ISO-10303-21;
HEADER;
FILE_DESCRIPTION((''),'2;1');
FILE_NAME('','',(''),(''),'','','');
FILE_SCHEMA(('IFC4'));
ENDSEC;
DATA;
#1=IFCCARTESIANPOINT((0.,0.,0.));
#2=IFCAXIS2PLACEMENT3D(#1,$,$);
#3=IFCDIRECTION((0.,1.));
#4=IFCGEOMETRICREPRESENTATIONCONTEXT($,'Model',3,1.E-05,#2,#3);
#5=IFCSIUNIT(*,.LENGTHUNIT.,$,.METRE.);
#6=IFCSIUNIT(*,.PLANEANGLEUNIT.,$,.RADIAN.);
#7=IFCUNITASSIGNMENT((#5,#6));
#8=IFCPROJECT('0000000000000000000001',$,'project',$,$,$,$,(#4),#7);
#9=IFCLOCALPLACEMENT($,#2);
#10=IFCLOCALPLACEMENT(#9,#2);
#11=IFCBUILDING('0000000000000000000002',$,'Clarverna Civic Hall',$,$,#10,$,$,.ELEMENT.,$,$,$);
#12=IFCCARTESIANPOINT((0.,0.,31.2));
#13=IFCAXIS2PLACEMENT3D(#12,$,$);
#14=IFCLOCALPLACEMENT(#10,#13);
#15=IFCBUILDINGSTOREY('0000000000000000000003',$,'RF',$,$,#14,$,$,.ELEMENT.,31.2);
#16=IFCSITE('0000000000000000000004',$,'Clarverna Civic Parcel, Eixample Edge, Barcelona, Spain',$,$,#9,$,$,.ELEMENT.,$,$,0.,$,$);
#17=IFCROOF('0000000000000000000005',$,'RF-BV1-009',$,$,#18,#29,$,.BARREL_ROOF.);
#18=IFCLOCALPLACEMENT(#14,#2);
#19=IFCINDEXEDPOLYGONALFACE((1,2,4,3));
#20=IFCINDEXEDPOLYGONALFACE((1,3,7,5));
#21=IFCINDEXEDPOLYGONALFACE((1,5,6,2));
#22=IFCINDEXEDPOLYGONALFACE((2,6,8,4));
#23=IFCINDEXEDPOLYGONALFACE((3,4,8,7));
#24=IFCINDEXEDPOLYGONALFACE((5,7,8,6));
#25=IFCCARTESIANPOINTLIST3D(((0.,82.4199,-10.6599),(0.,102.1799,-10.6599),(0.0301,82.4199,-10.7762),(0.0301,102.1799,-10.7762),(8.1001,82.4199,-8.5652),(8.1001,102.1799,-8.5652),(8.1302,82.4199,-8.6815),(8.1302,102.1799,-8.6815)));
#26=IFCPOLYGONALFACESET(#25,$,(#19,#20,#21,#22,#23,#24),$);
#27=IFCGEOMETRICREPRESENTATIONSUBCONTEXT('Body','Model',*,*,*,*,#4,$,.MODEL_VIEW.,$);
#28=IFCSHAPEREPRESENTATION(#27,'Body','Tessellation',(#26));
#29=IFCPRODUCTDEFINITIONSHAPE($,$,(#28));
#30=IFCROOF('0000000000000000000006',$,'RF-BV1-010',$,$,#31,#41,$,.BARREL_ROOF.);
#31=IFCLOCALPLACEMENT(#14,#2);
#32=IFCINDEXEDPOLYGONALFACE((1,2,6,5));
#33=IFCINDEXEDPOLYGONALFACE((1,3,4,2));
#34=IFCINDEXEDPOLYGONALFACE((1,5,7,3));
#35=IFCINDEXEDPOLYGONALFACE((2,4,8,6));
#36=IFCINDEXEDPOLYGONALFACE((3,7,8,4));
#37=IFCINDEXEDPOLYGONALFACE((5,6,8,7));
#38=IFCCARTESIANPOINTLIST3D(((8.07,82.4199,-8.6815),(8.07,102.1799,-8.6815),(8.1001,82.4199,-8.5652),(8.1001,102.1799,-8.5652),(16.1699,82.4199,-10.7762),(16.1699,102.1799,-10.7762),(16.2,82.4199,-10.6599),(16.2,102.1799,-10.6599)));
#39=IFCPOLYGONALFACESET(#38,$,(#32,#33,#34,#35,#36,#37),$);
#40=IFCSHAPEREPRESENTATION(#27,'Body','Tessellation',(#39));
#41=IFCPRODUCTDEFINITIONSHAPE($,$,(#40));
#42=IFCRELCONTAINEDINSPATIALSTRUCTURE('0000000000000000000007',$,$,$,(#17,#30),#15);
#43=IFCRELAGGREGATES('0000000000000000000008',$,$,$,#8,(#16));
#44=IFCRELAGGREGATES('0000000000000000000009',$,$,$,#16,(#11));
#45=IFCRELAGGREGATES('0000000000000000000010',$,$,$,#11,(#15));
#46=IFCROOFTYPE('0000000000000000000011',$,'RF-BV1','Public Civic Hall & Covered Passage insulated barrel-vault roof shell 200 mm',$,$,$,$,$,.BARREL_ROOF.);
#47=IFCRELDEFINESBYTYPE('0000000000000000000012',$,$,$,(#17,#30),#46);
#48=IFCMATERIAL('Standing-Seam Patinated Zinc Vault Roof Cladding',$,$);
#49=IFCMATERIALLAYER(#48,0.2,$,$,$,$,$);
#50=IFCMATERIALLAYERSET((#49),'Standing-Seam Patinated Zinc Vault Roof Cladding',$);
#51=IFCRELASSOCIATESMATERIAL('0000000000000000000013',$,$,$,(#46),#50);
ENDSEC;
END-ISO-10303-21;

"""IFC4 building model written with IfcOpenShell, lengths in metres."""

from ifc_helpers import new_model, si_unit, direction, frame, origin, place, context, subcontext, project, spatial, polyline, outline, extrude, material, layer, layer_set, type_object, element, save


model = new_model("IFC4")

# Units and contexts
model_context = context("Model", 3, precision=1e-05, world=origin(), true_north=direction((0.0, 1.0)))
body_context = subcontext(model_context, "Body", "Model", "MODEL_VIEW")
ifc_project = project(units=[si_unit("LENGTHUNIT", "METRE"), si_unit("PLANEANGLEUNIT", "RADIAN")], contexts=[model_context])

# Site, building, storey
site_placement = place(None, origin())
site = spatial("IfcSite", under=ifc_project, at=site_placement, Name="Clarverna Civic Parcel, Eixample Edge, Barcelona, Spain", CompositionType="ELEMENT", RefElevation=0.0)
building_placement = place(site_placement, origin())
building = spatial("IfcBuilding", under=site, at=building_placement, Name="Clarverna Civic Hall", CompositionType="ELEMENT")
storey_placement = place(building_placement, frame((0.0, 0.0, 31.2)))
storey = spatial("IfcBuildingStorey", under=building, at=storey_placement, Name="RF", CompositionType="ELEMENT", Elevation=31.2)

# Roofs
ifc_material_1 = material(Name="Standing-Seam Patinated Zinc Vault Roof Cladding")
ifc_layer_1 = layer(ifc_material_1, 0.2)
ifc_layer_set_1 = layer_set([ifc_layer_1], Name="Standing-Seam Patinated Zinc Vault Roof Cladding")
roof_type = type_object("IfcRoofType", Name="RF-BV1", Description="Public Civic Hall & Covered Passage insulated barrel-vault roof shell 200 mm", PredefinedType="BARREL_ROOF", material=ifc_layer_set_1)
roof_1_placement = place(storey_placement, frame((0.0, 82.4199, -10.6599), z_axis=(-0.250369, 0.0, 0.968151), x_axis=(0.968151, 0.0, 0.250369)))
element("IfcRoof", 1, at=roof_1_placement, inside=storey, type_object=roof_type, Name="RF-BV1-009", PredefinedType="BARREL_ROOF", context=body_context, shape_type="SweptSolid", body=[
    extrude(outline(polyline([(0.0, 0.0), (8.3666, 0.0), (8.3666, 19.76), (0.0, 19.76), (0.0, 0.0)])), origin(), (0.0, 0.0, -1.0), 0.1201),
])
roof_2_placement = place(storey_placement, frame((8.1001, 82.4199, -8.5652), z_axis=(0.250376, 0.0, 0.968149), x_axis=(0.968149, 0.0, -0.250376)))
element("IfcRoof", 2, at=roof_2_placement, inside=storey, type_object=roof_type, Name="RF-BV1-010", PredefinedType="BARREL_ROOF", context=body_context, shape_type="SweptSolid", body=[
    extrude(outline(polyline([(0.0, 0.0), (8.3663, 0.0), (8.3663, 19.76), (0.0, 19.76), (0.0, 0.0)])), origin(), (0.0, 0.0, -1.0), 0.1201),
])

save(model, "model.ifc")
